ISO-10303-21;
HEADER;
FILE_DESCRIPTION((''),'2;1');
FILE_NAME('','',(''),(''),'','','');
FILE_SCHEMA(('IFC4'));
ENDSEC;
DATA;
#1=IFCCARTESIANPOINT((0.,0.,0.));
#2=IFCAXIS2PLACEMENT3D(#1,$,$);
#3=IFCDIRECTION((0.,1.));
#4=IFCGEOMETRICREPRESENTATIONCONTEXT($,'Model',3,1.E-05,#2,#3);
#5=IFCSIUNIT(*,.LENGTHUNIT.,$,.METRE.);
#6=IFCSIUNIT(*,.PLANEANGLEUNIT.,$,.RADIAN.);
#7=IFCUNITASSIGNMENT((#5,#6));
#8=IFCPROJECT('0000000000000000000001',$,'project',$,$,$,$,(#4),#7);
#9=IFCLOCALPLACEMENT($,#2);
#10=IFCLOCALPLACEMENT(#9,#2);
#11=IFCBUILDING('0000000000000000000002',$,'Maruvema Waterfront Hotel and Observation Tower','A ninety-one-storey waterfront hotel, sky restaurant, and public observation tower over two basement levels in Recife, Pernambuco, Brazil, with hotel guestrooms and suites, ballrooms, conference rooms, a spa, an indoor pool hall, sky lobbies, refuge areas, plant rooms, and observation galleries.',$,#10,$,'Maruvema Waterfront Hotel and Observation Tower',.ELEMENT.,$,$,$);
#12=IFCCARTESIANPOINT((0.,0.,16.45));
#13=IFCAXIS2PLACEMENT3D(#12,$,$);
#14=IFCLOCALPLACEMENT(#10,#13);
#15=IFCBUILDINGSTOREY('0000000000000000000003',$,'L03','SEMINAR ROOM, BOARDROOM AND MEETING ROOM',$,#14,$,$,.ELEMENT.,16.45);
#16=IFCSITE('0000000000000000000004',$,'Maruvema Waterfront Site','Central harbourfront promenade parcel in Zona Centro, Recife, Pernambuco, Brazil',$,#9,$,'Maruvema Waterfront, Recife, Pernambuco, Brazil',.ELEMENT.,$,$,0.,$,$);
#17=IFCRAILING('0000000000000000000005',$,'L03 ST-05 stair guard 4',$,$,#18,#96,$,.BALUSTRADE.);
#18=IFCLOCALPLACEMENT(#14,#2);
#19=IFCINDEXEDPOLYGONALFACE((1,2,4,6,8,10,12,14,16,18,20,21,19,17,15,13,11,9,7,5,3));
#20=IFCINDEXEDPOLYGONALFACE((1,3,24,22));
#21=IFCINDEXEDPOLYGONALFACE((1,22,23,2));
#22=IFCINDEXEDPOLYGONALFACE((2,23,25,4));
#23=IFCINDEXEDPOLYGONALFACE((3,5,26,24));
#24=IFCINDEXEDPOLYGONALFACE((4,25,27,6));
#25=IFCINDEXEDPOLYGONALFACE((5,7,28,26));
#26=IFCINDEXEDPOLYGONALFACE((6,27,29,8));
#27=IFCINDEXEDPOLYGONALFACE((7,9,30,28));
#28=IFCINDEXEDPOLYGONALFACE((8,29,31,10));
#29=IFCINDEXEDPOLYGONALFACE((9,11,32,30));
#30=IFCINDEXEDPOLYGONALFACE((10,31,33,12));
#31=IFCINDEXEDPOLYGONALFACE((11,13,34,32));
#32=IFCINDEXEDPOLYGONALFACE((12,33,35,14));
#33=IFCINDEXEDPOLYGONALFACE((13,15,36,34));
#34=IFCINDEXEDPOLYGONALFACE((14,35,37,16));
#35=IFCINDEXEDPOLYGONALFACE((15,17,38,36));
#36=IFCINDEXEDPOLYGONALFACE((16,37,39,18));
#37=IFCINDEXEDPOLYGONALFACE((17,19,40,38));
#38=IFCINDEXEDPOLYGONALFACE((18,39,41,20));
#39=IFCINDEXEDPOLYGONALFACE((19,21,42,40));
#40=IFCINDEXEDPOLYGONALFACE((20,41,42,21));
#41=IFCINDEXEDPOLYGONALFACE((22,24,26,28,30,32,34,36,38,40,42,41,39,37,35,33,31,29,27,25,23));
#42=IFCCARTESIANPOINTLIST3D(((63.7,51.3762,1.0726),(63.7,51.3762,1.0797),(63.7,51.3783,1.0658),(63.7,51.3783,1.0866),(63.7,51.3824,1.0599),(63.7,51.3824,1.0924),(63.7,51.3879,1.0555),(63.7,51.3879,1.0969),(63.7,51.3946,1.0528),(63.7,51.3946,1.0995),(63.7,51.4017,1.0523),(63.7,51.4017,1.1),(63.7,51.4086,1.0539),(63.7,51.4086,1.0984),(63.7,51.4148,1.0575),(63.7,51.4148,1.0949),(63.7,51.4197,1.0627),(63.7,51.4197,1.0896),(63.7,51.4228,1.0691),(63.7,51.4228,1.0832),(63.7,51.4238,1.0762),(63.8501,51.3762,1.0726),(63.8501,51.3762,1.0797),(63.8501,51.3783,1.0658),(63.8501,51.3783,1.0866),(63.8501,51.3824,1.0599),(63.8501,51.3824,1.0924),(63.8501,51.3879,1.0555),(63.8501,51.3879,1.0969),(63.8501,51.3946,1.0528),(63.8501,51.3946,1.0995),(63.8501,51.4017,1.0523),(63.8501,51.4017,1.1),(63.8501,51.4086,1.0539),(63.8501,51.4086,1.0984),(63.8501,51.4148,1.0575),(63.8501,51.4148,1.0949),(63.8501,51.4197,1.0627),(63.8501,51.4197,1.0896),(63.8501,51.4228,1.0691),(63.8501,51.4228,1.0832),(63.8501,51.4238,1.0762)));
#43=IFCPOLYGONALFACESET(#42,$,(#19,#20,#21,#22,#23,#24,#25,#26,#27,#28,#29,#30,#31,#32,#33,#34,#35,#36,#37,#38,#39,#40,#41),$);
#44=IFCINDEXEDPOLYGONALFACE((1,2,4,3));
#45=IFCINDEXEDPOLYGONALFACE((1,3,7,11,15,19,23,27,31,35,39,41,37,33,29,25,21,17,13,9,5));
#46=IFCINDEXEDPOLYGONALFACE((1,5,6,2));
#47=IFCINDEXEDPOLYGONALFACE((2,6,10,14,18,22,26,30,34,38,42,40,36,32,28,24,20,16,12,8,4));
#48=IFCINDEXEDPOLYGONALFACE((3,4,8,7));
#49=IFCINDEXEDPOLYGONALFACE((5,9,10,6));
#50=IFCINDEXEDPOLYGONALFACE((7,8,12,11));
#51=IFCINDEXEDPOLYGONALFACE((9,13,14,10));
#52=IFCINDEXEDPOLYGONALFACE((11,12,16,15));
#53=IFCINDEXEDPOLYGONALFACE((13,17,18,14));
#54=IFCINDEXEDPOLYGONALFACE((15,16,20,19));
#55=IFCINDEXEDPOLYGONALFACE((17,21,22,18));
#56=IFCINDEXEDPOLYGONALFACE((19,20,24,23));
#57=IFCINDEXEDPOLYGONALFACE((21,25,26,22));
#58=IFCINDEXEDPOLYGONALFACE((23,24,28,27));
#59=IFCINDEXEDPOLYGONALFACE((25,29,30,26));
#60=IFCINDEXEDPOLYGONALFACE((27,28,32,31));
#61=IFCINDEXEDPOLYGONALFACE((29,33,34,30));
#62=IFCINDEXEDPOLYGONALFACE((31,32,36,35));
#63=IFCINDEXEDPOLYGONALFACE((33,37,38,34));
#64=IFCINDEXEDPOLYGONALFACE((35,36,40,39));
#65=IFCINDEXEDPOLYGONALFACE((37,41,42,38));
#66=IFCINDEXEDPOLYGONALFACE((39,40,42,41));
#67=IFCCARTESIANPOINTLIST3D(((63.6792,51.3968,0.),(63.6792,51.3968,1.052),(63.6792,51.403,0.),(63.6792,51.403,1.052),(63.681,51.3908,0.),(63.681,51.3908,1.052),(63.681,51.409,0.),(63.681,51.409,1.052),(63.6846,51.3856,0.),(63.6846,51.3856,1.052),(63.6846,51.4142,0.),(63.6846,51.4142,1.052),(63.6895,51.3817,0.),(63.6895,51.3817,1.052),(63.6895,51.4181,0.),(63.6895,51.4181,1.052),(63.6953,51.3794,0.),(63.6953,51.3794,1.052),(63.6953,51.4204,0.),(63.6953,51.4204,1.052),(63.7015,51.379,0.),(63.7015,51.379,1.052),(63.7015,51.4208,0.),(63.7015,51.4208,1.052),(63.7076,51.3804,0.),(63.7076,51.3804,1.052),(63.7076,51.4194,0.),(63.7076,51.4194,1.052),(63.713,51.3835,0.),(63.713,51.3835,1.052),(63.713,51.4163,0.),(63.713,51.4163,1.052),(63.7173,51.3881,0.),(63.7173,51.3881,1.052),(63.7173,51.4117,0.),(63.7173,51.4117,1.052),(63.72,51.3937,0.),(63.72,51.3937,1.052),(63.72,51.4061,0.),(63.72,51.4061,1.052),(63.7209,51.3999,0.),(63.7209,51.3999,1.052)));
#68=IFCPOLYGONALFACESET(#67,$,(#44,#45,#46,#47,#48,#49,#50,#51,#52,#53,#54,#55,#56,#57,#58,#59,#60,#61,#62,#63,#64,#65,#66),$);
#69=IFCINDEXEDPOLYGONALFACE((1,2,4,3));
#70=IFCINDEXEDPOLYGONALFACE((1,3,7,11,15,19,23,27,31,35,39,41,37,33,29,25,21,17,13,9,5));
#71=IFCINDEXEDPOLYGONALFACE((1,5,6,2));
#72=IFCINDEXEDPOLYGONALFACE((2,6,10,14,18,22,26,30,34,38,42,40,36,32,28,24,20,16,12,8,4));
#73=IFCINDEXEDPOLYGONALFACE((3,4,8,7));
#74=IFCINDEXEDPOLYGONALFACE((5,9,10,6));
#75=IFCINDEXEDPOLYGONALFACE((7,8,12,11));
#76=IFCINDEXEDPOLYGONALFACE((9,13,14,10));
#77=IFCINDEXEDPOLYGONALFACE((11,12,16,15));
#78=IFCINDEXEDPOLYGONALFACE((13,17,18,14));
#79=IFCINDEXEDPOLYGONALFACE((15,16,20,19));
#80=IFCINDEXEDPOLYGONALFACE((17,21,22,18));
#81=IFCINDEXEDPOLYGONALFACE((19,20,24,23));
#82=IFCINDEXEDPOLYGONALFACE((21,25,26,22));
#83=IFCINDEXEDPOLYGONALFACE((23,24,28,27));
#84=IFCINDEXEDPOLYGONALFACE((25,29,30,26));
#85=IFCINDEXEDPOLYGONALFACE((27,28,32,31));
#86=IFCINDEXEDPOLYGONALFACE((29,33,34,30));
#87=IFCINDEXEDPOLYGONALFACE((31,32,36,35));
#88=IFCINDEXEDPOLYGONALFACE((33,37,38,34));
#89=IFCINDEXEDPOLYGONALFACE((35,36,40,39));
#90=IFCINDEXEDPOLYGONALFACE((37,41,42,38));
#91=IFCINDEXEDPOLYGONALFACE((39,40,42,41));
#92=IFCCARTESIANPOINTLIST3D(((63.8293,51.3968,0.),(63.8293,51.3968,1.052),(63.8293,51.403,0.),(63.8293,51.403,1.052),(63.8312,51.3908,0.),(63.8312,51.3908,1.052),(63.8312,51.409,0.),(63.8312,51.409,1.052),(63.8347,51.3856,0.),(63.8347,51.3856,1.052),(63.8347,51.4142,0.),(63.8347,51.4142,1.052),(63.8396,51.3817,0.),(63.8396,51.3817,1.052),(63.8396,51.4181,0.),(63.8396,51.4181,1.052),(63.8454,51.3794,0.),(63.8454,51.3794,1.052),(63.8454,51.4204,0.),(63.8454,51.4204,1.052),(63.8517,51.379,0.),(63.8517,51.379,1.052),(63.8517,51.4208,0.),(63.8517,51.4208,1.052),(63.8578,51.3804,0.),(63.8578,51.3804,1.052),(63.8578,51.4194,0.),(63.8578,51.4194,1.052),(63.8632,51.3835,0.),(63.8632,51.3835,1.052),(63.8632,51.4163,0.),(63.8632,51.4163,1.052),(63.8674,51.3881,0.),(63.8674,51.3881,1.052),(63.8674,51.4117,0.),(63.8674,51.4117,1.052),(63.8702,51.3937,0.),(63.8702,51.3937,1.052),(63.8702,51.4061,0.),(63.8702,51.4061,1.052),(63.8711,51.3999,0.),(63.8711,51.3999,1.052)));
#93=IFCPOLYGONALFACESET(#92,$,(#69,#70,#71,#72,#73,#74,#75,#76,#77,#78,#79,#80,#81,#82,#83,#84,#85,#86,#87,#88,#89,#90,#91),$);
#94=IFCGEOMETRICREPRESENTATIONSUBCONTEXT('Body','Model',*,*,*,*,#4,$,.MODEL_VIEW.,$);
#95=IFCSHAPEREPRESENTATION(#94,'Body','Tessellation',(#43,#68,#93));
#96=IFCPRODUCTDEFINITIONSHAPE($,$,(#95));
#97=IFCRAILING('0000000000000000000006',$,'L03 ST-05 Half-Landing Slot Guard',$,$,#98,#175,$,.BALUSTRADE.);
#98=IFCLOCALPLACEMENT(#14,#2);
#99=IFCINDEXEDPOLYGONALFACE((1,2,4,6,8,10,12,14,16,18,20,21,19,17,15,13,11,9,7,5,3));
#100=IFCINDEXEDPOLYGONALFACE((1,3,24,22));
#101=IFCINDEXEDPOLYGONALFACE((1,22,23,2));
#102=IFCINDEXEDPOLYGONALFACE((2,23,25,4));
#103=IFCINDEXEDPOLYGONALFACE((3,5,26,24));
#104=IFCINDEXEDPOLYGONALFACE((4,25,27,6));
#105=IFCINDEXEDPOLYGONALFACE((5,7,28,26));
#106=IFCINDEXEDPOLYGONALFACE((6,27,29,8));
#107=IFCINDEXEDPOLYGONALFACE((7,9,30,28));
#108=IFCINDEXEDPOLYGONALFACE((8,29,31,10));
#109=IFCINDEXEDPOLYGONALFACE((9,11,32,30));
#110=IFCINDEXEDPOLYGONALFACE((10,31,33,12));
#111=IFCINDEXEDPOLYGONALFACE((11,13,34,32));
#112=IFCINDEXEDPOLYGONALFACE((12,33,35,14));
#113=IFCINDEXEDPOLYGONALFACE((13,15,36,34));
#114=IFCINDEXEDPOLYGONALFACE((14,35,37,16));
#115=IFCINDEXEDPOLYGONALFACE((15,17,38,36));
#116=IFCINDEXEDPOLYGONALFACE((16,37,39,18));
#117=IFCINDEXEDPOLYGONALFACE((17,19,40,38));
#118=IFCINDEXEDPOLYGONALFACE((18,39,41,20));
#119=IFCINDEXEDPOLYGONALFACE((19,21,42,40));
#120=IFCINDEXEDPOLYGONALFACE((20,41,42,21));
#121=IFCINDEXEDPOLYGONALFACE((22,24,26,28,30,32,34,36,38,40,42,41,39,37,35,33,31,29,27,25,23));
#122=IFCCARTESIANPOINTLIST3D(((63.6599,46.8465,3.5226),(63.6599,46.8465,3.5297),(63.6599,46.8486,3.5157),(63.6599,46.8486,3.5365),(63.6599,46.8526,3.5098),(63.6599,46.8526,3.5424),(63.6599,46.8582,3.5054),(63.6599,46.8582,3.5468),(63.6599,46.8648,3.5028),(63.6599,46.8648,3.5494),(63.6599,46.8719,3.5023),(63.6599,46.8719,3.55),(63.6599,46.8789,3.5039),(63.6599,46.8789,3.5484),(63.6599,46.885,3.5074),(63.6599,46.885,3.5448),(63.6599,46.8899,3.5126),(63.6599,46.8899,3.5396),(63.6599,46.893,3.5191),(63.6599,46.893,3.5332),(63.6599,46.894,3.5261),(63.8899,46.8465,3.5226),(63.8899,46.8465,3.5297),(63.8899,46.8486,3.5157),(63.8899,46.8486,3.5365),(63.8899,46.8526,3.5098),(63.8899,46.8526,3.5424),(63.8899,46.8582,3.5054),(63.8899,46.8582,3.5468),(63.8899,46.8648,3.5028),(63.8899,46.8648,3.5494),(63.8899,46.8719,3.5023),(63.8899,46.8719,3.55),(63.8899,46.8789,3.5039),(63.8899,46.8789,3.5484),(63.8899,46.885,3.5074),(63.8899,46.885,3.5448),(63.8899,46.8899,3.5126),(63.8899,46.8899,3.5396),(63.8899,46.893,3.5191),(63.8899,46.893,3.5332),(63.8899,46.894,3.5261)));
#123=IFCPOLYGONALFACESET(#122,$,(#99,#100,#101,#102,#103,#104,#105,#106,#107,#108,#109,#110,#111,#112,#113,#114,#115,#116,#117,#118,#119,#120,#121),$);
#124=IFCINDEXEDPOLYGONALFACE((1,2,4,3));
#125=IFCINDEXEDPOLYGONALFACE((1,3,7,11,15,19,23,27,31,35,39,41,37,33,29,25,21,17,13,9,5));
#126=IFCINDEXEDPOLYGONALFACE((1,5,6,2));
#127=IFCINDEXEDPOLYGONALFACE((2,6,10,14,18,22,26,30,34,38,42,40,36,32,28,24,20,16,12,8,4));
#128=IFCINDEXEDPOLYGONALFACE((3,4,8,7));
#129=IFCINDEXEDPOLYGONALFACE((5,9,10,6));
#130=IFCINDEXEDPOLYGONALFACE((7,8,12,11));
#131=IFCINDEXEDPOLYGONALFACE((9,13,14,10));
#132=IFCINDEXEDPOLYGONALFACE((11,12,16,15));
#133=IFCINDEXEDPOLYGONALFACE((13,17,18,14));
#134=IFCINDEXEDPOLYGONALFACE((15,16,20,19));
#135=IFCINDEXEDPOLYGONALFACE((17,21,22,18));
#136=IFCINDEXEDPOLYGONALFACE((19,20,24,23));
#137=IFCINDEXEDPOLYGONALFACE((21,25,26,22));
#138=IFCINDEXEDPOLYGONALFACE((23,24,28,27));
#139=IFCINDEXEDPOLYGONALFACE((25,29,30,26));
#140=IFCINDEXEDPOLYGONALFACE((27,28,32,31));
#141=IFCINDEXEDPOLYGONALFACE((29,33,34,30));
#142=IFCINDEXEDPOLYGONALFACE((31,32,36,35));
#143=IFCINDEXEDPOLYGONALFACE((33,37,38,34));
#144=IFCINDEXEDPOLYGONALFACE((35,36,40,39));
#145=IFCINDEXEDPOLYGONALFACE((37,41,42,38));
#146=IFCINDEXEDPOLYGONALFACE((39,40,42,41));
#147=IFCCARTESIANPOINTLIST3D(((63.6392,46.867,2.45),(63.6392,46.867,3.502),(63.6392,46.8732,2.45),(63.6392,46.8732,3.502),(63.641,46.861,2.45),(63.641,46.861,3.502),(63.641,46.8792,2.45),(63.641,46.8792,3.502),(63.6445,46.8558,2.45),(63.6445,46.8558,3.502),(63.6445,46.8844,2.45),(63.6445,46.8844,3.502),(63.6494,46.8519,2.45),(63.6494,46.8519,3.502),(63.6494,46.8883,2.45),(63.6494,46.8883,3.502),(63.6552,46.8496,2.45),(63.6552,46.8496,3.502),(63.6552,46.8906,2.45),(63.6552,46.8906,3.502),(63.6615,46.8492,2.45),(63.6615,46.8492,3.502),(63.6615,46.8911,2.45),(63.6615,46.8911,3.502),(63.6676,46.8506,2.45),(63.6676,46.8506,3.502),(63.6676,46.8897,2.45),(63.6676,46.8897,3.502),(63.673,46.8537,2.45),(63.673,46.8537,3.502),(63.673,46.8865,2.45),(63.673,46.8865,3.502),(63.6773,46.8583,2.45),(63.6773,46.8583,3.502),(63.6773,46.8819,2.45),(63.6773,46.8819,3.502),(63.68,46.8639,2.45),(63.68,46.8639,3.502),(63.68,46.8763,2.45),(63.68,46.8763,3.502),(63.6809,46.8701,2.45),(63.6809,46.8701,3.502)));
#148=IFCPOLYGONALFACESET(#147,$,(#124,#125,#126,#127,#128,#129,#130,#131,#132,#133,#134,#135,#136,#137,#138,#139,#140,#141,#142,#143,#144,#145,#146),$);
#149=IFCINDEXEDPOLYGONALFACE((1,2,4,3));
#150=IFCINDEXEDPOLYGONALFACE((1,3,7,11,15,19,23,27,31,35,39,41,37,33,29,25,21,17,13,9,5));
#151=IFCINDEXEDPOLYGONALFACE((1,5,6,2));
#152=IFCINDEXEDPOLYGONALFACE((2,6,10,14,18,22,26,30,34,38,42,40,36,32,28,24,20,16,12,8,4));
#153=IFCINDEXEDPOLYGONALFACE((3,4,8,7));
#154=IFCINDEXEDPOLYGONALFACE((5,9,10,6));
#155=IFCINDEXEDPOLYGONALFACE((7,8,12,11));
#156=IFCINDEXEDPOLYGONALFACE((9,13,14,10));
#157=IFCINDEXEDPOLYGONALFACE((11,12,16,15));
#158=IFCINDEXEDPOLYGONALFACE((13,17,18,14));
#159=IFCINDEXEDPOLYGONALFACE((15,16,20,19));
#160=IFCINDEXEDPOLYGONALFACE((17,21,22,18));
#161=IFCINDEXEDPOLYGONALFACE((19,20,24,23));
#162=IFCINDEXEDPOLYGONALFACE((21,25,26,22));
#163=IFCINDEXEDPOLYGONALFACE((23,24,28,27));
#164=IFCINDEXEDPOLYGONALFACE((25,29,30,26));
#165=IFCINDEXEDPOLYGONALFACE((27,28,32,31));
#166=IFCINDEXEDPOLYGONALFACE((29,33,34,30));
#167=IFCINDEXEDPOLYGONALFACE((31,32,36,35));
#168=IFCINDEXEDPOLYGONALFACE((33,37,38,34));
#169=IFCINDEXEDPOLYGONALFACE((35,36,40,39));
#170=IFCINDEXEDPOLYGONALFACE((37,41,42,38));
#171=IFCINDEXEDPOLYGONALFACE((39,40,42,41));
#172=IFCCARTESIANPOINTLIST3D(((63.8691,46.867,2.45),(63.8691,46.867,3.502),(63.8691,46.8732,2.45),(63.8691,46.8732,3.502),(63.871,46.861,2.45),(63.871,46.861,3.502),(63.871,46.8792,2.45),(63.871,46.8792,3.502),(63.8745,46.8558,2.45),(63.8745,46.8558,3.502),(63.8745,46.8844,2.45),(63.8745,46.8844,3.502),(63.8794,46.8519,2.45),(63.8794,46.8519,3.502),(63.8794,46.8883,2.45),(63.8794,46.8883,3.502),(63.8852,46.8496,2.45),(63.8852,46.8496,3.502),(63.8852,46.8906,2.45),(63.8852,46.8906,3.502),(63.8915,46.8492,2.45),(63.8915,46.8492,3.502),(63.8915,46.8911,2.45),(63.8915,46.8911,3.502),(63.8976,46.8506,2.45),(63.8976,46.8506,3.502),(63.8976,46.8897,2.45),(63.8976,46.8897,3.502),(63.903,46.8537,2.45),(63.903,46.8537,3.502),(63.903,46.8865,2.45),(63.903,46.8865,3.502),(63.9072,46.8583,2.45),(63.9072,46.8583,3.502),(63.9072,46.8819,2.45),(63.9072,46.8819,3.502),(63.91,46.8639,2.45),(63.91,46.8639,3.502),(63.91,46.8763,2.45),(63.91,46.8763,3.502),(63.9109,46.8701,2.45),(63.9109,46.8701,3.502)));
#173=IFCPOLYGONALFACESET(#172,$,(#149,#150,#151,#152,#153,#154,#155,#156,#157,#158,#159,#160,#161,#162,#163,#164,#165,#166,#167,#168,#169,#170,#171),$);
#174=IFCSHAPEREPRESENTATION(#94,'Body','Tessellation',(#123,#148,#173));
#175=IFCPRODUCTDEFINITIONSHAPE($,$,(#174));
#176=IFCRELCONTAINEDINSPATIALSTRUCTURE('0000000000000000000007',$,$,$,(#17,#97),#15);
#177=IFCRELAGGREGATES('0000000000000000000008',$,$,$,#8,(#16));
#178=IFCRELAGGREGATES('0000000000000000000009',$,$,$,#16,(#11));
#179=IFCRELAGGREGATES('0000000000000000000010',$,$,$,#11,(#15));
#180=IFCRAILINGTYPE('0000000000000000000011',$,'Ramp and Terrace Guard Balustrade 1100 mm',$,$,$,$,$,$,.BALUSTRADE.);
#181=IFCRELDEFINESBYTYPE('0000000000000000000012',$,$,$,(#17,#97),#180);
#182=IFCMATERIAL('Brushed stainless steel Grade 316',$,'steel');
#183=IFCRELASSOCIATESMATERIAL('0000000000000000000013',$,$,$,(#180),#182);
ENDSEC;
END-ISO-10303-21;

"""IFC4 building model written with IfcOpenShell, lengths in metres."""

from ifc_helpers import new_model, si_unit, direction, frame, origin, origin_2d, place, context, subcontext, project, spatial, circle, extrude, material, type_object, element, save


model = new_model("IFC4")

# Units and contexts
model_context = context("Model", 3, precision=1e-05, world=origin(), true_north=direction((0.0, 1.0)))
body_context = subcontext(model_context, "Body", "Model", "MODEL_VIEW")
ifc_project = project(units=[si_unit("LENGTHUNIT", "METRE"), si_unit("PLANEANGLEUNIT", "RADIAN")], contexts=[model_context])

# Site, building, storey
site_placement = place(None, origin())
site = spatial("IfcSite", under=ifc_project, at=site_placement, Name="Maruvema Waterfront Site", Description="Central harbourfront promenade parcel in Zona Centro, Recife, Pernambuco, Brazil", LongName="Maruvema Waterfront, Recife, Pernambuco, Brazil", CompositionType="ELEMENT", RefElevation=0.0)
building_placement = place(site_placement, origin())
building = spatial("IfcBuilding", under=site, at=building_placement, Name="Maruvema Waterfront Hotel and Observation Tower", Description="A ninety-one-storey waterfront hotel, sky restaurant, and public observation tower over two basement levels in Recife, Pernambuco, Brazil, with hotel guestrooms and suites, ballrooms, conference rooms, a spa, an indoor pool hall, sky lobbies, refuge areas, plant rooms, and observation galleries.", LongName="Maruvema Waterfront Hotel and Observation Tower", CompositionType="ELEMENT")
storey_placement = place(building_placement, frame((0.0, 0.0, 16.45)))
storey = spatial("IfcBuildingStorey", under=building, at=storey_placement, Name="L03", Description="SEMINAR ROOM, BOARDROOM AND MEETING ROOM", CompositionType="ELEMENT", Elevation=16.45)

# Railings
ifc_material_1 = material(Name="Brushed stainless steel Grade 316", Category="steel")
railing_type_1 = type_object("IfcRailingType", Name="Ramp and Terrace Guard Balustrade 1100 mm", PredefinedType="BALUSTRADE", material=ifc_material_1)
railing_1_placement = place(storey_placement, frame((63.7, 51.3999, 0.0)))
element("IfcRailing", 1, at=railing_1_placement, inside=storey, type_object=railing_type_1, Name="L03 ST-05 stair guard 4", PredefinedType="BALUSTRADE", context=body_context, shape_type="SweptSolid", body=[
    extrude(circle(Radius=0.0239, at=origin_2d()), frame((0.0, 0.0, 1.0762), z_axis=(1.0, 0.0, 0.0), x_axis=(0.0, 1.0, 0.0)), (0.0, 0.0, 1.0), 0.1501),
    extrude(circle(Radius=0.021, at=origin_2d()), origin(), (0.0, 0.0, 1.0), 1.052),
    extrude(circle(Radius=0.021, at=origin_2d()), frame((0.1501, 0.0, 0.0)), (0.0, 0.0, 1.0), 1.052),
])
railing_2_placement = place(storey_placement, frame((63.6599, 46.8701, 2.45)))
element("IfcRailing", 2, at=railing_2_placement, inside=storey, type_object=railing_type_1, Name="L03 ST-05 Half-Landing Slot Guard", PredefinedType="BALUSTRADE", context=body_context, shape_type="SweptSolid", body=[
    extrude(circle(Radius=0.0239, at=origin_2d()), frame((0.0, 0.0, 1.0762), z_axis=(1.0, 0.0, 0.0), x_axis=(0.0, 1.0, 0.0)), (0.0, 0.0, 1.0), 0.23),
    extrude(circle(Radius=0.021, at=origin_2d()), origin(), (0.0, 0.0, 1.0), 1.052),
    extrude(circle(Radius=0.021, at=origin_2d()), frame((0.23, 0.0, 0.0)), (0.0, 0.0, 1.0), 1.052),
])

save(model, "model.ifc")
